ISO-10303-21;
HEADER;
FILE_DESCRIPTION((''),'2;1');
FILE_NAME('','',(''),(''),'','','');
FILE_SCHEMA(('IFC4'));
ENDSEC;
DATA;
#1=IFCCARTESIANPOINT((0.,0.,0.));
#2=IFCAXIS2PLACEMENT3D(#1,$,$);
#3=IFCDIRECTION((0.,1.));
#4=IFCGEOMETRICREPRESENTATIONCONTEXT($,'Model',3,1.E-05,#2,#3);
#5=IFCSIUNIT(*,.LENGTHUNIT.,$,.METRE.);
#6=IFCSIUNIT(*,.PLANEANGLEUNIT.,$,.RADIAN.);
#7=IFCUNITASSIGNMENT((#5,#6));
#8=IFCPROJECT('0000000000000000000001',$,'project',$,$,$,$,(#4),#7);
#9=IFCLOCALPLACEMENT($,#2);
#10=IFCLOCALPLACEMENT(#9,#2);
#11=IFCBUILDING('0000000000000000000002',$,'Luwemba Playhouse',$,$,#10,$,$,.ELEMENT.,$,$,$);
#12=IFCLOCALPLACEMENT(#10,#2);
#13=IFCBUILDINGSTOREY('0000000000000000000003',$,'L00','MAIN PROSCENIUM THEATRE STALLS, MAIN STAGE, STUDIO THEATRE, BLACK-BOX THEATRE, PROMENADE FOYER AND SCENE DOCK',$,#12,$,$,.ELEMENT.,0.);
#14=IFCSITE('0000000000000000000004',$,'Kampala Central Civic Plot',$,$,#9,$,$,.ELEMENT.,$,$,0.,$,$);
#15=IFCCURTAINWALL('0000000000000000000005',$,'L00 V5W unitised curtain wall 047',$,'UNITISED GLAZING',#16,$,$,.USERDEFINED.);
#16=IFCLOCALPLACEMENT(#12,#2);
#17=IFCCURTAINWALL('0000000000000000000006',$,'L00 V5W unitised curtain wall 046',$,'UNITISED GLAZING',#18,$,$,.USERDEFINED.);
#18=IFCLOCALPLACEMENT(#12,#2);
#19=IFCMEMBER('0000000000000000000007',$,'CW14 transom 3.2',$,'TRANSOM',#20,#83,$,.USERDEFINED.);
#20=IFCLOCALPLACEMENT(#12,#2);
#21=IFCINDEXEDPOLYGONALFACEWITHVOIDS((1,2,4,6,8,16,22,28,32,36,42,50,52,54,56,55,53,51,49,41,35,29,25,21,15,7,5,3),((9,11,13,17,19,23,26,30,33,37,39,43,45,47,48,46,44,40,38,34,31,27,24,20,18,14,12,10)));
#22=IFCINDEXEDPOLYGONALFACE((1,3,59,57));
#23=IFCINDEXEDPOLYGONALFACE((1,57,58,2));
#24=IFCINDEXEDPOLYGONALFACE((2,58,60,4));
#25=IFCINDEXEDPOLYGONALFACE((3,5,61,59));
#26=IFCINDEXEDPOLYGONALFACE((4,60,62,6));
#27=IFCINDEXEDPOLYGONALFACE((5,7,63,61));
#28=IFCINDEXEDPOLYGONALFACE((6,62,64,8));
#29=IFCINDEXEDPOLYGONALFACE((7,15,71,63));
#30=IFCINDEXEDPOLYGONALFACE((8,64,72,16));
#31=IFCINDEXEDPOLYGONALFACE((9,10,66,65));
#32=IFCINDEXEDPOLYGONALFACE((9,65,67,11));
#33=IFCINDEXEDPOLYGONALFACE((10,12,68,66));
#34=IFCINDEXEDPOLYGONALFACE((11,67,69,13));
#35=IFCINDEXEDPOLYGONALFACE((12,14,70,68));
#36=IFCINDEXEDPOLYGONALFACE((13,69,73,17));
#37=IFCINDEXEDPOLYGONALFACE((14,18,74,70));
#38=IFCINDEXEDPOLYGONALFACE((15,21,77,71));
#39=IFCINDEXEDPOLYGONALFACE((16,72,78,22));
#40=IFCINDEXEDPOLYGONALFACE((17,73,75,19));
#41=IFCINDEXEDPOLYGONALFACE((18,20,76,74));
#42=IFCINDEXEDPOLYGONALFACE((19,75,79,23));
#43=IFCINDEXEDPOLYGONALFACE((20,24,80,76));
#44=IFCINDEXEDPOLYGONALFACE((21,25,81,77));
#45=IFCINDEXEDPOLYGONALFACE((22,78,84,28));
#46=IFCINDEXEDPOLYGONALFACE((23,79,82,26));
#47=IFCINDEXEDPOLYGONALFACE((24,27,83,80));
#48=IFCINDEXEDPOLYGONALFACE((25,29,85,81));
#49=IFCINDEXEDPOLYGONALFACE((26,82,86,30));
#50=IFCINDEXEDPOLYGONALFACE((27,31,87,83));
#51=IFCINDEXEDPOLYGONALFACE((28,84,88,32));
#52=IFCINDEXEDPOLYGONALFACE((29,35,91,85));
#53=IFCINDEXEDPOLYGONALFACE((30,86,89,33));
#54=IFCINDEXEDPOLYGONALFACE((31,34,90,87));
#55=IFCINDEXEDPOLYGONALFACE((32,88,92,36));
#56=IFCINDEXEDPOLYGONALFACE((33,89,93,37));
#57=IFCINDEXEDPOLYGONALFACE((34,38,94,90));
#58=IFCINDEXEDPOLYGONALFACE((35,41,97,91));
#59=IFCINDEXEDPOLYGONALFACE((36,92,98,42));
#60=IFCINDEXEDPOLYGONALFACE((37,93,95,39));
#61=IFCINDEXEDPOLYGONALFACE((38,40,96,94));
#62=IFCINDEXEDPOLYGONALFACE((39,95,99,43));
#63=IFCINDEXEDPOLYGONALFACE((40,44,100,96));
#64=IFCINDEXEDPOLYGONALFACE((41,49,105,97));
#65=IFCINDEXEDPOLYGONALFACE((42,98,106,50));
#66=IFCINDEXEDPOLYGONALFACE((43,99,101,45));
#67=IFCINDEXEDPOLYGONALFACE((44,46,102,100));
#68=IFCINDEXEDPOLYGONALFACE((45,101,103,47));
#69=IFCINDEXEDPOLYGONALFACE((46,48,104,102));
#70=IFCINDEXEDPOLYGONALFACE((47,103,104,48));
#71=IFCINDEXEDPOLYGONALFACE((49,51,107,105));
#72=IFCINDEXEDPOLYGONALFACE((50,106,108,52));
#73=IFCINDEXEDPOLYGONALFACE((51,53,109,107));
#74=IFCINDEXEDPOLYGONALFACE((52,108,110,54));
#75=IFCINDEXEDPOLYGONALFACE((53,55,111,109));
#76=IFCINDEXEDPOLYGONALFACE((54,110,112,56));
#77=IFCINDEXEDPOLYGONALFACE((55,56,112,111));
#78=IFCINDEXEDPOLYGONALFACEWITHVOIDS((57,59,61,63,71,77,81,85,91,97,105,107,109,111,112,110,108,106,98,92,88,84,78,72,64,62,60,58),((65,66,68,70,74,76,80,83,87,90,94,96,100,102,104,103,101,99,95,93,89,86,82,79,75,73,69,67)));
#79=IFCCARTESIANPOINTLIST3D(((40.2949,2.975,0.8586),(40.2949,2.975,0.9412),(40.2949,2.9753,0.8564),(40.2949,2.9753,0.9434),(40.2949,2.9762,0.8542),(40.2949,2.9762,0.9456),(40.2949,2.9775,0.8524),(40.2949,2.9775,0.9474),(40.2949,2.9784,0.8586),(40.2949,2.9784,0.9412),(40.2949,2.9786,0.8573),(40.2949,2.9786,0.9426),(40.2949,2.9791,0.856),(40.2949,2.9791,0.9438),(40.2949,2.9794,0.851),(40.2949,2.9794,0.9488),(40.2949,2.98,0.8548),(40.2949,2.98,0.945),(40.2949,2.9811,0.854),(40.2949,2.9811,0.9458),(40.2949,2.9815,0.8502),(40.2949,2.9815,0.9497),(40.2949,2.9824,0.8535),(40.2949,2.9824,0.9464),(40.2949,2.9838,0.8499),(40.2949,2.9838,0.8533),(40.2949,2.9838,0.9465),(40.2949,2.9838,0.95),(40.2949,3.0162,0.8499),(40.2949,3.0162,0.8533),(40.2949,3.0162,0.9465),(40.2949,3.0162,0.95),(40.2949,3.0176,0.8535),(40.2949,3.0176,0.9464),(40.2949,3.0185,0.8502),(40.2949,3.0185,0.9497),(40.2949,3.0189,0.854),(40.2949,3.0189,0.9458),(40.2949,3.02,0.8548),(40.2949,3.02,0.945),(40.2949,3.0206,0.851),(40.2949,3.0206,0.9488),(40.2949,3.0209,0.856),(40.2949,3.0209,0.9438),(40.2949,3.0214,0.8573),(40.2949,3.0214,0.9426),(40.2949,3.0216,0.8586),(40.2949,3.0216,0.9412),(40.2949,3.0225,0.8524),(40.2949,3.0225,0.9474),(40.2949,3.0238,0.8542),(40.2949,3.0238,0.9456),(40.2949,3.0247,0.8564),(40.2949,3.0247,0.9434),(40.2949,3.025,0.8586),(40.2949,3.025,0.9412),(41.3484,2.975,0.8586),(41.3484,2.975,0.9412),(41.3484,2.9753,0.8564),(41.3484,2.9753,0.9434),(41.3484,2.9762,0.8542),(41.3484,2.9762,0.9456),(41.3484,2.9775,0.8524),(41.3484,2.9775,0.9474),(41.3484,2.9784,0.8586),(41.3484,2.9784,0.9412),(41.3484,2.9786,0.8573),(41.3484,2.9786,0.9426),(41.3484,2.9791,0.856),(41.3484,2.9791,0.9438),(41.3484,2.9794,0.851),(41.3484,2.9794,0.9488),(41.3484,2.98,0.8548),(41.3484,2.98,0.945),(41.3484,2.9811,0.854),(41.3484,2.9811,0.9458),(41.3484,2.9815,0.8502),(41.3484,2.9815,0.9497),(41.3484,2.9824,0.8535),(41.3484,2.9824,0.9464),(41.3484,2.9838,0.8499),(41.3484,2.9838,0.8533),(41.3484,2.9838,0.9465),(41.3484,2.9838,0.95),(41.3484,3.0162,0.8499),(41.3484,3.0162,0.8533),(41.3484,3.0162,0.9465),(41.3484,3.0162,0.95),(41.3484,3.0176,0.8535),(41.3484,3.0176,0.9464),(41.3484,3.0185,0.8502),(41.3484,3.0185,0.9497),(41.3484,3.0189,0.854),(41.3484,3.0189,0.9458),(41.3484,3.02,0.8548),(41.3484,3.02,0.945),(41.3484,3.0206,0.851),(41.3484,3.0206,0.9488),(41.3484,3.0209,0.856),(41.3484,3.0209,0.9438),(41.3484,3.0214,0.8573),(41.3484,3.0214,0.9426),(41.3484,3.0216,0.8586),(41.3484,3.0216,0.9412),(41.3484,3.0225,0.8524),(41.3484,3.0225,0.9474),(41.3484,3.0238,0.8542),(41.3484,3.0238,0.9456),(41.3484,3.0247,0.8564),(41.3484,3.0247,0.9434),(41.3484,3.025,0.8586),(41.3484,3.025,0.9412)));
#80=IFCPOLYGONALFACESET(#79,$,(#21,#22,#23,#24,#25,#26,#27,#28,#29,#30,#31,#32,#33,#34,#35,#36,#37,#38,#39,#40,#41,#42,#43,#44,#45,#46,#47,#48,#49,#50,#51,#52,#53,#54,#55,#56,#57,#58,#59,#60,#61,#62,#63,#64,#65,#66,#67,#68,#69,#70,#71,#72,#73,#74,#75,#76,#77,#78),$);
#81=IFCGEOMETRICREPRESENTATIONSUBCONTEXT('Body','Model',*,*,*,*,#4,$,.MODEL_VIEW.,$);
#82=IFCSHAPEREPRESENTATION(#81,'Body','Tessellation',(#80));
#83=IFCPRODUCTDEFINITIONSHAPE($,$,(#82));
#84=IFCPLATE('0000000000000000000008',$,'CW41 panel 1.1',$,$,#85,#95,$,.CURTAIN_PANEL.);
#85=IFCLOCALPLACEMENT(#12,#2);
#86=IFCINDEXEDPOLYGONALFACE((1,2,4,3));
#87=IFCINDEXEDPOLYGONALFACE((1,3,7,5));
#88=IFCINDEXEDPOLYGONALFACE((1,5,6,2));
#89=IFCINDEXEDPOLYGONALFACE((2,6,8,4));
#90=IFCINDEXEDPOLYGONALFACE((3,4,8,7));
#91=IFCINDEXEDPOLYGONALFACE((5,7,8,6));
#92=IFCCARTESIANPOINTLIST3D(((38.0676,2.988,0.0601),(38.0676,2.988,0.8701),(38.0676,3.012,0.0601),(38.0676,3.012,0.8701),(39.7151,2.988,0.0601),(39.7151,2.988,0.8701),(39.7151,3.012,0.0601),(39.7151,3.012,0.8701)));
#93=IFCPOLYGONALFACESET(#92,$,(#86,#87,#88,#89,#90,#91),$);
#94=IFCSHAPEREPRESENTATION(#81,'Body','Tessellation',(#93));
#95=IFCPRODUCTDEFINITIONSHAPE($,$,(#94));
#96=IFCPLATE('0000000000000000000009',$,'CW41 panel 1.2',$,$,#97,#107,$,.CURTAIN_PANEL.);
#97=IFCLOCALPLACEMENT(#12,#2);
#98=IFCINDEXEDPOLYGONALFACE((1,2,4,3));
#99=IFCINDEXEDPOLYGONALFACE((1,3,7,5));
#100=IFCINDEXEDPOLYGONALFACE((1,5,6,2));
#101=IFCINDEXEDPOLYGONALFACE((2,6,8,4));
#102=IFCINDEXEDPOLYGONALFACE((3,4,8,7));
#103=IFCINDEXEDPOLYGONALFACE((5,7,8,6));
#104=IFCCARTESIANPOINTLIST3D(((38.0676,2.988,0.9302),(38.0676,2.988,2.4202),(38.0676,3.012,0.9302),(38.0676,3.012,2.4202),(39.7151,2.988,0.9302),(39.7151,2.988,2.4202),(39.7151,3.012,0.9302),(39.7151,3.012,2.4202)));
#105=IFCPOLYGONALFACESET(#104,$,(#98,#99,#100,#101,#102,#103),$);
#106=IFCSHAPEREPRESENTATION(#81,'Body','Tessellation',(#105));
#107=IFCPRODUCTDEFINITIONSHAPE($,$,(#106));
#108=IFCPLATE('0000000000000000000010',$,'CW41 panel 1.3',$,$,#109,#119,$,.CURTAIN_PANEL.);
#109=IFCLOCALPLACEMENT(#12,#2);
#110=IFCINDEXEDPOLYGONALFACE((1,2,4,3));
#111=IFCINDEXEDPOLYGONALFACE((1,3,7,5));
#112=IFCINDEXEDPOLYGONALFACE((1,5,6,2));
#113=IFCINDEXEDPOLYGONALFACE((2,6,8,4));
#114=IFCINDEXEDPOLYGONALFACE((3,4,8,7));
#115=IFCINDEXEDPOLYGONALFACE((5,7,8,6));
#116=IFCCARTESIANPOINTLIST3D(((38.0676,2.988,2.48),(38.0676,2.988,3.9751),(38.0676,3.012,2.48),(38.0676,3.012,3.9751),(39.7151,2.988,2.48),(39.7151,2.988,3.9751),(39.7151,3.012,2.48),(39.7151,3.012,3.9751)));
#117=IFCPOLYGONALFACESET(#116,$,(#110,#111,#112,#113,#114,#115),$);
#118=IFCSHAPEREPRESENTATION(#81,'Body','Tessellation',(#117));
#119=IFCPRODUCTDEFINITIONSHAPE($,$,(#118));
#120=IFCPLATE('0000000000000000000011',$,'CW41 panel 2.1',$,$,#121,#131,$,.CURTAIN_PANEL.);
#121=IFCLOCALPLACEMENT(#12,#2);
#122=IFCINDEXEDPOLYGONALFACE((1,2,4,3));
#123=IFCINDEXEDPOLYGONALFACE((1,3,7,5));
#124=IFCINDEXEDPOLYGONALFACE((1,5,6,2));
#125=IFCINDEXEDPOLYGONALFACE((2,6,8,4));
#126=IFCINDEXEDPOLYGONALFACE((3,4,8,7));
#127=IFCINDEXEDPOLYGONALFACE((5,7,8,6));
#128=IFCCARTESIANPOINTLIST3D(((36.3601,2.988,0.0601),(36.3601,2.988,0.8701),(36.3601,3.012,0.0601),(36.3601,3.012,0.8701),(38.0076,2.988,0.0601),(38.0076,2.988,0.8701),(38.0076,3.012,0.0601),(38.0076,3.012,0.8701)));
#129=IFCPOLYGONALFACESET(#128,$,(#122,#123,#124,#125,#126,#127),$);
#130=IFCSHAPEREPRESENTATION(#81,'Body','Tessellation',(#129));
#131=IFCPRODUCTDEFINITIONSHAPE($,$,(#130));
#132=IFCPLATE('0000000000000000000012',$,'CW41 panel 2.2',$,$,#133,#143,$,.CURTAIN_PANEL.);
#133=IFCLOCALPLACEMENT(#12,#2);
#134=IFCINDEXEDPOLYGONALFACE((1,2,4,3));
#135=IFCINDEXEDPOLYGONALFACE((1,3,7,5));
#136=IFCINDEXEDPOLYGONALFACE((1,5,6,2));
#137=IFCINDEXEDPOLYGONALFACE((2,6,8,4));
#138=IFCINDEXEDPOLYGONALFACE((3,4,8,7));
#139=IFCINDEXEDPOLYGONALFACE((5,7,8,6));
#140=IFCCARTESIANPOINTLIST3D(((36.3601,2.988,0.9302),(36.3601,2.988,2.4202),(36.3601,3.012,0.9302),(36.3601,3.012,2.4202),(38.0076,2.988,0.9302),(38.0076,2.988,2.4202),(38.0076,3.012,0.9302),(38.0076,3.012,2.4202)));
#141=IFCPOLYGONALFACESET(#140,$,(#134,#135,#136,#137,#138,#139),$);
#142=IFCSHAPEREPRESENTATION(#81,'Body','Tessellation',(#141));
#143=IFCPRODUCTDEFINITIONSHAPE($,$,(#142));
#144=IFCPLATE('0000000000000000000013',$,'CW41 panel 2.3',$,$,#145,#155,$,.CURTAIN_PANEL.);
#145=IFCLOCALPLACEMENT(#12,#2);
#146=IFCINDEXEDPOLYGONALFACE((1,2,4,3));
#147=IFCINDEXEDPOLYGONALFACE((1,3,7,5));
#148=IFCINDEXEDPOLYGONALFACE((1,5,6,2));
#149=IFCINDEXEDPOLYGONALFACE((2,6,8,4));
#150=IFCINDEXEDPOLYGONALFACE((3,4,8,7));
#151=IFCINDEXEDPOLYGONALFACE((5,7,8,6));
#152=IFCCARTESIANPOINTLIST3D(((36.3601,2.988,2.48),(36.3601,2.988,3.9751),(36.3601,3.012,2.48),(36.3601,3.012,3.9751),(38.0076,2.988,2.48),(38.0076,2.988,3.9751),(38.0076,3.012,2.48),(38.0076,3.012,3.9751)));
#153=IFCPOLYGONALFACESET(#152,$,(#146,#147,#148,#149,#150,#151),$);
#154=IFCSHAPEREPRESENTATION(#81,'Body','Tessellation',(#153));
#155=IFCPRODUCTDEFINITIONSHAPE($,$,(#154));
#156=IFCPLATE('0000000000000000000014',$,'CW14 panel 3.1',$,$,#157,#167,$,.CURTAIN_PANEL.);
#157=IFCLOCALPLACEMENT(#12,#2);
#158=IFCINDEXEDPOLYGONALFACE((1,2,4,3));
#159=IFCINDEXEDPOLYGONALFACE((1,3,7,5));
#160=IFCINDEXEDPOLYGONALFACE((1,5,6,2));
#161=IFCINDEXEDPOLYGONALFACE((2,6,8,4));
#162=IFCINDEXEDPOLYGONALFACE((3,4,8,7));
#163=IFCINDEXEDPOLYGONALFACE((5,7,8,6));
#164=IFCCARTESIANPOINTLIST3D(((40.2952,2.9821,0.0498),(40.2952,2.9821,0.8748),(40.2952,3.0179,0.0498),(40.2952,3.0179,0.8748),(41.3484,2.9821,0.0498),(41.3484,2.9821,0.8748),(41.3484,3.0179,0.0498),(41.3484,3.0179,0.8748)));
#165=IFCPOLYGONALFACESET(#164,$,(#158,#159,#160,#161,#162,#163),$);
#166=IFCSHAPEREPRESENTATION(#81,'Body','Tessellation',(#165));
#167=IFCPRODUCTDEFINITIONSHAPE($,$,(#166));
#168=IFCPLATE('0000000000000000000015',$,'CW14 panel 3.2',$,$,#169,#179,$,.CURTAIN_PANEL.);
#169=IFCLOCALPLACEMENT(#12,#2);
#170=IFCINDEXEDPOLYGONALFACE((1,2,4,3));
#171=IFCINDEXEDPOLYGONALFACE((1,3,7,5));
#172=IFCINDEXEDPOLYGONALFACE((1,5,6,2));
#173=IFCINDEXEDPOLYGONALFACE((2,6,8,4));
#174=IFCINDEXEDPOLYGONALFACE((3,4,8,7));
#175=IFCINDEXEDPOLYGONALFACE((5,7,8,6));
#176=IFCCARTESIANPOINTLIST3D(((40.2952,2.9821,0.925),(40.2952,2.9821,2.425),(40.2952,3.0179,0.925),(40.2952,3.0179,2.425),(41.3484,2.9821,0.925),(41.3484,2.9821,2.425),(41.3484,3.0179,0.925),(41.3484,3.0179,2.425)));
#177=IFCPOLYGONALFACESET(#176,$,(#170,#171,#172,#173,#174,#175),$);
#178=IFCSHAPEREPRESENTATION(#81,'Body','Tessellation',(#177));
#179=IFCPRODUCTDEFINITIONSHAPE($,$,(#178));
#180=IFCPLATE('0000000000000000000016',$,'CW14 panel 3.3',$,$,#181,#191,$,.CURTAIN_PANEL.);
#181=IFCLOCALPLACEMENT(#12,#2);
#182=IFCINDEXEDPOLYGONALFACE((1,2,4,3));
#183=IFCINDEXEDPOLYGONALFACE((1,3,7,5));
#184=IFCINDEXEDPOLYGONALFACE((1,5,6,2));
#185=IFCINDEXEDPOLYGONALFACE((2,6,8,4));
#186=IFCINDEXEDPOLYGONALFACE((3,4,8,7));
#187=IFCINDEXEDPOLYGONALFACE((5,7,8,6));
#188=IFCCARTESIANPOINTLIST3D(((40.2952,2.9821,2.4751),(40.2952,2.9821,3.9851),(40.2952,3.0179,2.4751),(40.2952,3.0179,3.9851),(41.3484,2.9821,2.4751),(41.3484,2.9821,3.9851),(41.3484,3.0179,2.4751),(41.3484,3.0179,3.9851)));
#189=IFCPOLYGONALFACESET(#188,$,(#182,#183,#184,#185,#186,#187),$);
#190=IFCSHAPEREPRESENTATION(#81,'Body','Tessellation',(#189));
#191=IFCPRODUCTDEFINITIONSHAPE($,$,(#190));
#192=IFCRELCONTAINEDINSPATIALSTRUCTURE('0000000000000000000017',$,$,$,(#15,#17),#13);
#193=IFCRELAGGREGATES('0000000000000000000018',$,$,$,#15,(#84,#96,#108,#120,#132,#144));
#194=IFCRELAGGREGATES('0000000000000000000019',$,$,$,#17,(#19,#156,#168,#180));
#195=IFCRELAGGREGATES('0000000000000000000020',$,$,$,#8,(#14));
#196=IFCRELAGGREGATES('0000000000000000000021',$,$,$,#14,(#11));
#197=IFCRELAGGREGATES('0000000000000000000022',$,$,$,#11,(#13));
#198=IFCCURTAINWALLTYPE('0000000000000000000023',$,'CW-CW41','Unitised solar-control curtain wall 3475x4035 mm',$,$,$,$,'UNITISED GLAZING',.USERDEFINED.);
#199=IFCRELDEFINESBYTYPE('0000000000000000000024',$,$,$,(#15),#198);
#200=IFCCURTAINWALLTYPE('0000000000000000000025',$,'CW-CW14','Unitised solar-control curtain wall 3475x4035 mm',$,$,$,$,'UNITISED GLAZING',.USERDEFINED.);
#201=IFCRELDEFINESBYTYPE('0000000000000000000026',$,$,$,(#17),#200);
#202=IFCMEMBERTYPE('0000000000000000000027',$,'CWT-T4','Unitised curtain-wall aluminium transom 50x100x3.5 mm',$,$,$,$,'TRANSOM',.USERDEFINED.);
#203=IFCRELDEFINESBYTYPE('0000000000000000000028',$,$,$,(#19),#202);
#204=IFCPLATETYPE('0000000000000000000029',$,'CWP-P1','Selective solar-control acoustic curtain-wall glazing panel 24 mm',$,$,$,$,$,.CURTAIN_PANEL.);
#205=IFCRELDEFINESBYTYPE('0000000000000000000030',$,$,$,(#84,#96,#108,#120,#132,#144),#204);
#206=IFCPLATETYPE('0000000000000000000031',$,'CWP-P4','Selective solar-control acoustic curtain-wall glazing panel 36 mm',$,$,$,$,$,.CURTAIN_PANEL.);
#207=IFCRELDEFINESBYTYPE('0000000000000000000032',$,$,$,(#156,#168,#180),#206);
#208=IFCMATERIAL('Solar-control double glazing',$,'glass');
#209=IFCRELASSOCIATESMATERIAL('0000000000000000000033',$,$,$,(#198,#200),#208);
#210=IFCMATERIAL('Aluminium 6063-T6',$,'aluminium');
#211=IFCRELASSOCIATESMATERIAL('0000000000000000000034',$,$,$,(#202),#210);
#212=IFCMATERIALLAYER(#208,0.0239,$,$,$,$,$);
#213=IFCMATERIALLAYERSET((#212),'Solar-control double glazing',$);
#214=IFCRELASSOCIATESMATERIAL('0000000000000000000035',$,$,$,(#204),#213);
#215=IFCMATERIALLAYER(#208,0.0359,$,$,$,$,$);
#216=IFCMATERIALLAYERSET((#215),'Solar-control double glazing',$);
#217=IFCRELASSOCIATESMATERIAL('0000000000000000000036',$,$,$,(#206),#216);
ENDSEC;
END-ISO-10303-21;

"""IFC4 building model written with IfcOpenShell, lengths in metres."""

from ifc_helpers import new_model, si_unit, direction, frame, origin, origin_2d, place, context, subcontext, project, spatial, rectangle, hollow_rectangle, extrude, material, layer, layer_set, material_profile, profile_set, type_object, element, aggregate, save


model = new_model("IFC4")

# Units and contexts
model_context = context("Model", 3, precision=1e-05, world=origin(), true_north=direction((0.0, 1.0)))
body_context = subcontext(model_context, "Body", "Model", "MODEL_VIEW")
ifc_project = project(units=[si_unit("LENGTHUNIT", "METRE"), si_unit("PLANEANGLEUNIT", "RADIAN")], contexts=[model_context])

# Site, building, storey
site_placement = place(None, origin())
site = spatial("IfcSite", under=ifc_project, at=site_placement, Name="Kampala Central Civic Plot", CompositionType="ELEMENT", RefElevation=0.0)
building_placement = place(site_placement, origin())
building = spatial("IfcBuilding", under=site, at=building_placement, Name="Luwemba Playhouse", CompositionType="ELEMENT")
storey_placement = place(building_placement, origin())
storey = spatial("IfcBuildingStorey", under=building, at=storey_placement, Name="L00", Description="MAIN PROSCENIUM THEATRE STALLS, MAIN STAGE, STUDIO THEATRE, BLACK-BOX THEATRE, PROMENADE FOYER AND SCENE DOCK", CompositionType="ELEMENT", Elevation=0.0)

# Curtain wall
ifc_material_1 = material(Name="Solar-control double glazing", Category="glass")
curtain_wall_type_1 = type_object("IfcCurtainWallType", Name="CW-CW41", Description="Unitised solar-control curtain wall 3475x4035 mm", ElementType="UNITISED GLAZING", PredefinedType="USERDEFINED", material=ifc_material_1)
curtain_wall_1_placement = place(storey_placement, origin())
curtain_wall_1 = element("IfcCurtainWall", 1, at=curtain_wall_1_placement, inside=storey, type_object=curtain_wall_type_1, Name="L00 V5W unitised curtain wall 047", ObjectType="UNITISED GLAZING", PredefinedType="USERDEFINED")
ifc_material_2 = material(Name="Aluminium 6063-T6", Category="aluminium")

# Curtain wall
curtain_wall_type_2 = type_object("IfcCurtainWallType", Name="CW-CW14", Description="Unitised solar-control curtain wall 3475x4035 mm", ElementType="UNITISED GLAZING", PredefinedType="USERDEFINED", material=ifc_material_1)
curtain_wall_2_placement = place(storey_placement, origin())
curtain_wall_2 = element("IfcCurtainWall", 2, at=curtain_wall_2_placement, inside=storey, type_object=curtain_wall_type_2, Name="L00 V5W unitised curtain wall 046", ObjectType="UNITISED GLAZING", PredefinedType="USERDEFINED")

# Member
ifc_material_profile_1 = material_profile(ifc_material_2, hollow_rectangle(XDim=0.05, YDim=0.1001, WallThickness=0.0034, InnerFilletRadius=0.0054, OuterFilletRadius=0.0088, at=origin_2d()))
ifc_profile_set_1 = profile_set([ifc_material_profile_1], Name="Aluminium 6063-T6")
member_type_1 = type_object("IfcMemberType", Name="CWT-T4", Description="Unitised curtain-wall aluminium transom 50x100x3.5 mm", ElementType="TRANSOM", PredefinedType="USERDEFINED", material=ifc_profile_set_1)
member_1_placement = place(storey_placement, frame((41.3484, 3.0, 0.8999), z_axis=(-1.0, 0.0, 0.0), x_axis=(0.0, -1.0, 0.0)))
member_1 = element("IfcMember", 3, at=member_1_placement, type_object=member_type_1, Name="CW14 transom 3.2", ObjectType="TRANSOM", PredefinedType="USERDEFINED", context=body_context, shape_type="SweptSolid", body=[
    extrude(hollow_rectangle(XDim=0.05, YDim=0.1001, WallThickness=0.0034, InnerFilletRadius=0.0054, OuterFilletRadius=0.0088, at=origin_2d()), origin(), (0.0, 0.0, 1.0), 1.0535),
])

# Plates
ifc_layer_1 = layer(ifc_material_1, 0.0239)
ifc_layer_set_1 = layer_set([ifc_layer_1], Name="Solar-control double glazing")
plate_type_1 = type_object("IfcPlateType", Name="CWP-P1", Description="Selective solar-control acoustic curtain-wall glazing panel 24 mm", PredefinedType="CURTAIN_PANEL", material=ifc_layer_set_1)
plate_1_placement = place(storey_placement, frame((38.8914, 3.0, 0.0601), z_axis=(0.0, 0.0, 1.0), x_axis=(-1.0, 0.0, 0.0)))
plate_1 = element("IfcPlate", 4, at=plate_1_placement, type_object=plate_type_1, Name="CW41 panel 1.1", PredefinedType="CURTAIN_PANEL", context=body_context, shape_type="SweptSolid", body=[
    extrude(rectangle(XDim=1.6475, YDim=0.0239, at=origin_2d()), origin(), (0.0, 0.0, 1.0), 0.8101),
])
plate_2_placement = place(storey_placement, frame((38.8914, 3.0, 0.9302), z_axis=(0.0, 0.0, 1.0), x_axis=(-1.0, 0.0, 0.0)))
plate_2 = element("IfcPlate", 5, at=plate_2_placement, type_object=plate_type_1, Name="CW41 panel 1.2", PredefinedType="CURTAIN_PANEL", context=body_context, shape_type="SweptSolid", body=[
    extrude(rectangle(XDim=1.6475, YDim=0.0239, at=origin_2d()), origin(), (0.0, 0.0, 1.0), 1.49),
])
plate_3_placement = place(storey_placement, frame((38.8914, 3.0, 2.48), z_axis=(0.0, 0.0, 1.0), x_axis=(-1.0, 0.0, 0.0)))
plate_3 = element("IfcPlate", 6, at=plate_3_placement, type_object=plate_type_1, Name="CW41 panel 1.3", PredefinedType="CURTAIN_PANEL", context=body_context, shape_type="SweptSolid", body=[
    extrude(rectangle(XDim=1.6475, YDim=0.0239, at=origin_2d()), origin(), (0.0, 0.0, 1.0), 1.4951),
])
plate_4_placement = place(storey_placement, frame((37.1838, 3.0, 0.0601), z_axis=(0.0, 0.0, 1.0), x_axis=(-1.0, 0.0, 0.0)))
plate_4 = element("IfcPlate", 7, at=plate_4_placement, type_object=plate_type_1, Name="CW41 panel 2.1", PredefinedType="CURTAIN_PANEL", context=body_context, shape_type="SweptSolid", body=[
    extrude(rectangle(XDim=1.6475, YDim=0.0239, at=origin_2d()), origin(), (0.0, 0.0, 1.0), 0.8101),
])
plate_5_placement = place(storey_placement, frame((37.1838, 3.0, 0.9302), z_axis=(0.0, 0.0, 1.0), x_axis=(-1.0, 0.0, 0.0)))
plate_5 = element("IfcPlate", 8, at=plate_5_placement, type_object=plate_type_1, Name="CW41 panel 2.2", PredefinedType="CURTAIN_PANEL", context=body_context, shape_type="SweptSolid", body=[
    extrude(rectangle(XDim=1.6475, YDim=0.0239, at=origin_2d()), origin(), (0.0, 0.0, 1.0), 1.49),
])
plate_6_placement = place(storey_placement, frame((37.1838, 3.0, 2.48), z_axis=(0.0, 0.0, 1.0), x_axis=(-1.0, 0.0, 0.0)))
plate_6 = element("IfcPlate", 9, at=plate_6_placement, type_object=plate_type_1, Name="CW41 panel 2.3", PredefinedType="CURTAIN_PANEL", context=body_context, shape_type="SweptSolid", body=[
    extrude(rectangle(XDim=1.6475, YDim=0.0239, at=origin_2d()), origin(), (0.0, 0.0, 1.0), 1.4951),
])
aggregate(curtain_wall_1, [plate_1, plate_2, plate_3, plate_4, plate_5, plate_6])
ifc_layer_2 = layer(ifc_material_1, 0.0359)
ifc_layer_set_2 = layer_set([ifc_layer_2], Name="Solar-control double glazing")
plate_type_2 = type_object("IfcPlateType", Name="CWP-P4", Description="Selective solar-control acoustic curtain-wall glazing panel 36 mm", PredefinedType="CURTAIN_PANEL", material=ifc_layer_set_2)
plate_7_placement = place(storey_placement, frame((40.8218, 3.0, 0.0498), z_axis=(0.0, 0.0, 1.0), x_axis=(-1.0, 0.0, 0.0)))
plate_7 = element("IfcPlate", 10, at=plate_7_placement, type_object=plate_type_2, Name="CW14 panel 3.1", PredefinedType="CURTAIN_PANEL", context=body_context, shape_type="SweptSolid", body=[
    extrude(rectangle(XDim=1.0532, YDim=0.0359, at=origin_2d()), origin(), (0.0, 0.0, 1.0), 0.825),
])
plate_8_placement = place(storey_placement, frame((40.8218, 3.0, 0.925), z_axis=(0.0, 0.0, 1.0), x_axis=(-1.0, 0.0, 0.0)))
plate_8 = element("IfcPlate", 11, at=plate_8_placement, type_object=plate_type_2, Name="CW14 panel 3.2", PredefinedType="CURTAIN_PANEL", context=body_context, shape_type="SweptSolid", body=[
    extrude(rectangle(XDim=1.0532, YDim=0.0359, at=origin_2d()), origin(), (0.0, 0.0, 1.0), 1.5),
])
plate_9_placement = place(storey_placement, frame((40.8218, 3.0, 2.4751), z_axis=(0.0, 0.0, 1.0), x_axis=(-1.0, 0.0, 0.0)))
plate_9 = element("IfcPlate", 12, at=plate_9_placement, type_object=plate_type_2, Name="CW14 panel 3.3", PredefinedType="CURTAIN_PANEL", context=body_context, shape_type="SweptSolid", body=[
    extrude(rectangle(XDim=1.0532, YDim=0.0359, at=origin_2d()), origin(), (0.0, 0.0, 1.0), 1.51),
])
aggregate(curtain_wall_2, [member_1, plate_7, plate_8, plate_9])

save(model, "model.ifc")
